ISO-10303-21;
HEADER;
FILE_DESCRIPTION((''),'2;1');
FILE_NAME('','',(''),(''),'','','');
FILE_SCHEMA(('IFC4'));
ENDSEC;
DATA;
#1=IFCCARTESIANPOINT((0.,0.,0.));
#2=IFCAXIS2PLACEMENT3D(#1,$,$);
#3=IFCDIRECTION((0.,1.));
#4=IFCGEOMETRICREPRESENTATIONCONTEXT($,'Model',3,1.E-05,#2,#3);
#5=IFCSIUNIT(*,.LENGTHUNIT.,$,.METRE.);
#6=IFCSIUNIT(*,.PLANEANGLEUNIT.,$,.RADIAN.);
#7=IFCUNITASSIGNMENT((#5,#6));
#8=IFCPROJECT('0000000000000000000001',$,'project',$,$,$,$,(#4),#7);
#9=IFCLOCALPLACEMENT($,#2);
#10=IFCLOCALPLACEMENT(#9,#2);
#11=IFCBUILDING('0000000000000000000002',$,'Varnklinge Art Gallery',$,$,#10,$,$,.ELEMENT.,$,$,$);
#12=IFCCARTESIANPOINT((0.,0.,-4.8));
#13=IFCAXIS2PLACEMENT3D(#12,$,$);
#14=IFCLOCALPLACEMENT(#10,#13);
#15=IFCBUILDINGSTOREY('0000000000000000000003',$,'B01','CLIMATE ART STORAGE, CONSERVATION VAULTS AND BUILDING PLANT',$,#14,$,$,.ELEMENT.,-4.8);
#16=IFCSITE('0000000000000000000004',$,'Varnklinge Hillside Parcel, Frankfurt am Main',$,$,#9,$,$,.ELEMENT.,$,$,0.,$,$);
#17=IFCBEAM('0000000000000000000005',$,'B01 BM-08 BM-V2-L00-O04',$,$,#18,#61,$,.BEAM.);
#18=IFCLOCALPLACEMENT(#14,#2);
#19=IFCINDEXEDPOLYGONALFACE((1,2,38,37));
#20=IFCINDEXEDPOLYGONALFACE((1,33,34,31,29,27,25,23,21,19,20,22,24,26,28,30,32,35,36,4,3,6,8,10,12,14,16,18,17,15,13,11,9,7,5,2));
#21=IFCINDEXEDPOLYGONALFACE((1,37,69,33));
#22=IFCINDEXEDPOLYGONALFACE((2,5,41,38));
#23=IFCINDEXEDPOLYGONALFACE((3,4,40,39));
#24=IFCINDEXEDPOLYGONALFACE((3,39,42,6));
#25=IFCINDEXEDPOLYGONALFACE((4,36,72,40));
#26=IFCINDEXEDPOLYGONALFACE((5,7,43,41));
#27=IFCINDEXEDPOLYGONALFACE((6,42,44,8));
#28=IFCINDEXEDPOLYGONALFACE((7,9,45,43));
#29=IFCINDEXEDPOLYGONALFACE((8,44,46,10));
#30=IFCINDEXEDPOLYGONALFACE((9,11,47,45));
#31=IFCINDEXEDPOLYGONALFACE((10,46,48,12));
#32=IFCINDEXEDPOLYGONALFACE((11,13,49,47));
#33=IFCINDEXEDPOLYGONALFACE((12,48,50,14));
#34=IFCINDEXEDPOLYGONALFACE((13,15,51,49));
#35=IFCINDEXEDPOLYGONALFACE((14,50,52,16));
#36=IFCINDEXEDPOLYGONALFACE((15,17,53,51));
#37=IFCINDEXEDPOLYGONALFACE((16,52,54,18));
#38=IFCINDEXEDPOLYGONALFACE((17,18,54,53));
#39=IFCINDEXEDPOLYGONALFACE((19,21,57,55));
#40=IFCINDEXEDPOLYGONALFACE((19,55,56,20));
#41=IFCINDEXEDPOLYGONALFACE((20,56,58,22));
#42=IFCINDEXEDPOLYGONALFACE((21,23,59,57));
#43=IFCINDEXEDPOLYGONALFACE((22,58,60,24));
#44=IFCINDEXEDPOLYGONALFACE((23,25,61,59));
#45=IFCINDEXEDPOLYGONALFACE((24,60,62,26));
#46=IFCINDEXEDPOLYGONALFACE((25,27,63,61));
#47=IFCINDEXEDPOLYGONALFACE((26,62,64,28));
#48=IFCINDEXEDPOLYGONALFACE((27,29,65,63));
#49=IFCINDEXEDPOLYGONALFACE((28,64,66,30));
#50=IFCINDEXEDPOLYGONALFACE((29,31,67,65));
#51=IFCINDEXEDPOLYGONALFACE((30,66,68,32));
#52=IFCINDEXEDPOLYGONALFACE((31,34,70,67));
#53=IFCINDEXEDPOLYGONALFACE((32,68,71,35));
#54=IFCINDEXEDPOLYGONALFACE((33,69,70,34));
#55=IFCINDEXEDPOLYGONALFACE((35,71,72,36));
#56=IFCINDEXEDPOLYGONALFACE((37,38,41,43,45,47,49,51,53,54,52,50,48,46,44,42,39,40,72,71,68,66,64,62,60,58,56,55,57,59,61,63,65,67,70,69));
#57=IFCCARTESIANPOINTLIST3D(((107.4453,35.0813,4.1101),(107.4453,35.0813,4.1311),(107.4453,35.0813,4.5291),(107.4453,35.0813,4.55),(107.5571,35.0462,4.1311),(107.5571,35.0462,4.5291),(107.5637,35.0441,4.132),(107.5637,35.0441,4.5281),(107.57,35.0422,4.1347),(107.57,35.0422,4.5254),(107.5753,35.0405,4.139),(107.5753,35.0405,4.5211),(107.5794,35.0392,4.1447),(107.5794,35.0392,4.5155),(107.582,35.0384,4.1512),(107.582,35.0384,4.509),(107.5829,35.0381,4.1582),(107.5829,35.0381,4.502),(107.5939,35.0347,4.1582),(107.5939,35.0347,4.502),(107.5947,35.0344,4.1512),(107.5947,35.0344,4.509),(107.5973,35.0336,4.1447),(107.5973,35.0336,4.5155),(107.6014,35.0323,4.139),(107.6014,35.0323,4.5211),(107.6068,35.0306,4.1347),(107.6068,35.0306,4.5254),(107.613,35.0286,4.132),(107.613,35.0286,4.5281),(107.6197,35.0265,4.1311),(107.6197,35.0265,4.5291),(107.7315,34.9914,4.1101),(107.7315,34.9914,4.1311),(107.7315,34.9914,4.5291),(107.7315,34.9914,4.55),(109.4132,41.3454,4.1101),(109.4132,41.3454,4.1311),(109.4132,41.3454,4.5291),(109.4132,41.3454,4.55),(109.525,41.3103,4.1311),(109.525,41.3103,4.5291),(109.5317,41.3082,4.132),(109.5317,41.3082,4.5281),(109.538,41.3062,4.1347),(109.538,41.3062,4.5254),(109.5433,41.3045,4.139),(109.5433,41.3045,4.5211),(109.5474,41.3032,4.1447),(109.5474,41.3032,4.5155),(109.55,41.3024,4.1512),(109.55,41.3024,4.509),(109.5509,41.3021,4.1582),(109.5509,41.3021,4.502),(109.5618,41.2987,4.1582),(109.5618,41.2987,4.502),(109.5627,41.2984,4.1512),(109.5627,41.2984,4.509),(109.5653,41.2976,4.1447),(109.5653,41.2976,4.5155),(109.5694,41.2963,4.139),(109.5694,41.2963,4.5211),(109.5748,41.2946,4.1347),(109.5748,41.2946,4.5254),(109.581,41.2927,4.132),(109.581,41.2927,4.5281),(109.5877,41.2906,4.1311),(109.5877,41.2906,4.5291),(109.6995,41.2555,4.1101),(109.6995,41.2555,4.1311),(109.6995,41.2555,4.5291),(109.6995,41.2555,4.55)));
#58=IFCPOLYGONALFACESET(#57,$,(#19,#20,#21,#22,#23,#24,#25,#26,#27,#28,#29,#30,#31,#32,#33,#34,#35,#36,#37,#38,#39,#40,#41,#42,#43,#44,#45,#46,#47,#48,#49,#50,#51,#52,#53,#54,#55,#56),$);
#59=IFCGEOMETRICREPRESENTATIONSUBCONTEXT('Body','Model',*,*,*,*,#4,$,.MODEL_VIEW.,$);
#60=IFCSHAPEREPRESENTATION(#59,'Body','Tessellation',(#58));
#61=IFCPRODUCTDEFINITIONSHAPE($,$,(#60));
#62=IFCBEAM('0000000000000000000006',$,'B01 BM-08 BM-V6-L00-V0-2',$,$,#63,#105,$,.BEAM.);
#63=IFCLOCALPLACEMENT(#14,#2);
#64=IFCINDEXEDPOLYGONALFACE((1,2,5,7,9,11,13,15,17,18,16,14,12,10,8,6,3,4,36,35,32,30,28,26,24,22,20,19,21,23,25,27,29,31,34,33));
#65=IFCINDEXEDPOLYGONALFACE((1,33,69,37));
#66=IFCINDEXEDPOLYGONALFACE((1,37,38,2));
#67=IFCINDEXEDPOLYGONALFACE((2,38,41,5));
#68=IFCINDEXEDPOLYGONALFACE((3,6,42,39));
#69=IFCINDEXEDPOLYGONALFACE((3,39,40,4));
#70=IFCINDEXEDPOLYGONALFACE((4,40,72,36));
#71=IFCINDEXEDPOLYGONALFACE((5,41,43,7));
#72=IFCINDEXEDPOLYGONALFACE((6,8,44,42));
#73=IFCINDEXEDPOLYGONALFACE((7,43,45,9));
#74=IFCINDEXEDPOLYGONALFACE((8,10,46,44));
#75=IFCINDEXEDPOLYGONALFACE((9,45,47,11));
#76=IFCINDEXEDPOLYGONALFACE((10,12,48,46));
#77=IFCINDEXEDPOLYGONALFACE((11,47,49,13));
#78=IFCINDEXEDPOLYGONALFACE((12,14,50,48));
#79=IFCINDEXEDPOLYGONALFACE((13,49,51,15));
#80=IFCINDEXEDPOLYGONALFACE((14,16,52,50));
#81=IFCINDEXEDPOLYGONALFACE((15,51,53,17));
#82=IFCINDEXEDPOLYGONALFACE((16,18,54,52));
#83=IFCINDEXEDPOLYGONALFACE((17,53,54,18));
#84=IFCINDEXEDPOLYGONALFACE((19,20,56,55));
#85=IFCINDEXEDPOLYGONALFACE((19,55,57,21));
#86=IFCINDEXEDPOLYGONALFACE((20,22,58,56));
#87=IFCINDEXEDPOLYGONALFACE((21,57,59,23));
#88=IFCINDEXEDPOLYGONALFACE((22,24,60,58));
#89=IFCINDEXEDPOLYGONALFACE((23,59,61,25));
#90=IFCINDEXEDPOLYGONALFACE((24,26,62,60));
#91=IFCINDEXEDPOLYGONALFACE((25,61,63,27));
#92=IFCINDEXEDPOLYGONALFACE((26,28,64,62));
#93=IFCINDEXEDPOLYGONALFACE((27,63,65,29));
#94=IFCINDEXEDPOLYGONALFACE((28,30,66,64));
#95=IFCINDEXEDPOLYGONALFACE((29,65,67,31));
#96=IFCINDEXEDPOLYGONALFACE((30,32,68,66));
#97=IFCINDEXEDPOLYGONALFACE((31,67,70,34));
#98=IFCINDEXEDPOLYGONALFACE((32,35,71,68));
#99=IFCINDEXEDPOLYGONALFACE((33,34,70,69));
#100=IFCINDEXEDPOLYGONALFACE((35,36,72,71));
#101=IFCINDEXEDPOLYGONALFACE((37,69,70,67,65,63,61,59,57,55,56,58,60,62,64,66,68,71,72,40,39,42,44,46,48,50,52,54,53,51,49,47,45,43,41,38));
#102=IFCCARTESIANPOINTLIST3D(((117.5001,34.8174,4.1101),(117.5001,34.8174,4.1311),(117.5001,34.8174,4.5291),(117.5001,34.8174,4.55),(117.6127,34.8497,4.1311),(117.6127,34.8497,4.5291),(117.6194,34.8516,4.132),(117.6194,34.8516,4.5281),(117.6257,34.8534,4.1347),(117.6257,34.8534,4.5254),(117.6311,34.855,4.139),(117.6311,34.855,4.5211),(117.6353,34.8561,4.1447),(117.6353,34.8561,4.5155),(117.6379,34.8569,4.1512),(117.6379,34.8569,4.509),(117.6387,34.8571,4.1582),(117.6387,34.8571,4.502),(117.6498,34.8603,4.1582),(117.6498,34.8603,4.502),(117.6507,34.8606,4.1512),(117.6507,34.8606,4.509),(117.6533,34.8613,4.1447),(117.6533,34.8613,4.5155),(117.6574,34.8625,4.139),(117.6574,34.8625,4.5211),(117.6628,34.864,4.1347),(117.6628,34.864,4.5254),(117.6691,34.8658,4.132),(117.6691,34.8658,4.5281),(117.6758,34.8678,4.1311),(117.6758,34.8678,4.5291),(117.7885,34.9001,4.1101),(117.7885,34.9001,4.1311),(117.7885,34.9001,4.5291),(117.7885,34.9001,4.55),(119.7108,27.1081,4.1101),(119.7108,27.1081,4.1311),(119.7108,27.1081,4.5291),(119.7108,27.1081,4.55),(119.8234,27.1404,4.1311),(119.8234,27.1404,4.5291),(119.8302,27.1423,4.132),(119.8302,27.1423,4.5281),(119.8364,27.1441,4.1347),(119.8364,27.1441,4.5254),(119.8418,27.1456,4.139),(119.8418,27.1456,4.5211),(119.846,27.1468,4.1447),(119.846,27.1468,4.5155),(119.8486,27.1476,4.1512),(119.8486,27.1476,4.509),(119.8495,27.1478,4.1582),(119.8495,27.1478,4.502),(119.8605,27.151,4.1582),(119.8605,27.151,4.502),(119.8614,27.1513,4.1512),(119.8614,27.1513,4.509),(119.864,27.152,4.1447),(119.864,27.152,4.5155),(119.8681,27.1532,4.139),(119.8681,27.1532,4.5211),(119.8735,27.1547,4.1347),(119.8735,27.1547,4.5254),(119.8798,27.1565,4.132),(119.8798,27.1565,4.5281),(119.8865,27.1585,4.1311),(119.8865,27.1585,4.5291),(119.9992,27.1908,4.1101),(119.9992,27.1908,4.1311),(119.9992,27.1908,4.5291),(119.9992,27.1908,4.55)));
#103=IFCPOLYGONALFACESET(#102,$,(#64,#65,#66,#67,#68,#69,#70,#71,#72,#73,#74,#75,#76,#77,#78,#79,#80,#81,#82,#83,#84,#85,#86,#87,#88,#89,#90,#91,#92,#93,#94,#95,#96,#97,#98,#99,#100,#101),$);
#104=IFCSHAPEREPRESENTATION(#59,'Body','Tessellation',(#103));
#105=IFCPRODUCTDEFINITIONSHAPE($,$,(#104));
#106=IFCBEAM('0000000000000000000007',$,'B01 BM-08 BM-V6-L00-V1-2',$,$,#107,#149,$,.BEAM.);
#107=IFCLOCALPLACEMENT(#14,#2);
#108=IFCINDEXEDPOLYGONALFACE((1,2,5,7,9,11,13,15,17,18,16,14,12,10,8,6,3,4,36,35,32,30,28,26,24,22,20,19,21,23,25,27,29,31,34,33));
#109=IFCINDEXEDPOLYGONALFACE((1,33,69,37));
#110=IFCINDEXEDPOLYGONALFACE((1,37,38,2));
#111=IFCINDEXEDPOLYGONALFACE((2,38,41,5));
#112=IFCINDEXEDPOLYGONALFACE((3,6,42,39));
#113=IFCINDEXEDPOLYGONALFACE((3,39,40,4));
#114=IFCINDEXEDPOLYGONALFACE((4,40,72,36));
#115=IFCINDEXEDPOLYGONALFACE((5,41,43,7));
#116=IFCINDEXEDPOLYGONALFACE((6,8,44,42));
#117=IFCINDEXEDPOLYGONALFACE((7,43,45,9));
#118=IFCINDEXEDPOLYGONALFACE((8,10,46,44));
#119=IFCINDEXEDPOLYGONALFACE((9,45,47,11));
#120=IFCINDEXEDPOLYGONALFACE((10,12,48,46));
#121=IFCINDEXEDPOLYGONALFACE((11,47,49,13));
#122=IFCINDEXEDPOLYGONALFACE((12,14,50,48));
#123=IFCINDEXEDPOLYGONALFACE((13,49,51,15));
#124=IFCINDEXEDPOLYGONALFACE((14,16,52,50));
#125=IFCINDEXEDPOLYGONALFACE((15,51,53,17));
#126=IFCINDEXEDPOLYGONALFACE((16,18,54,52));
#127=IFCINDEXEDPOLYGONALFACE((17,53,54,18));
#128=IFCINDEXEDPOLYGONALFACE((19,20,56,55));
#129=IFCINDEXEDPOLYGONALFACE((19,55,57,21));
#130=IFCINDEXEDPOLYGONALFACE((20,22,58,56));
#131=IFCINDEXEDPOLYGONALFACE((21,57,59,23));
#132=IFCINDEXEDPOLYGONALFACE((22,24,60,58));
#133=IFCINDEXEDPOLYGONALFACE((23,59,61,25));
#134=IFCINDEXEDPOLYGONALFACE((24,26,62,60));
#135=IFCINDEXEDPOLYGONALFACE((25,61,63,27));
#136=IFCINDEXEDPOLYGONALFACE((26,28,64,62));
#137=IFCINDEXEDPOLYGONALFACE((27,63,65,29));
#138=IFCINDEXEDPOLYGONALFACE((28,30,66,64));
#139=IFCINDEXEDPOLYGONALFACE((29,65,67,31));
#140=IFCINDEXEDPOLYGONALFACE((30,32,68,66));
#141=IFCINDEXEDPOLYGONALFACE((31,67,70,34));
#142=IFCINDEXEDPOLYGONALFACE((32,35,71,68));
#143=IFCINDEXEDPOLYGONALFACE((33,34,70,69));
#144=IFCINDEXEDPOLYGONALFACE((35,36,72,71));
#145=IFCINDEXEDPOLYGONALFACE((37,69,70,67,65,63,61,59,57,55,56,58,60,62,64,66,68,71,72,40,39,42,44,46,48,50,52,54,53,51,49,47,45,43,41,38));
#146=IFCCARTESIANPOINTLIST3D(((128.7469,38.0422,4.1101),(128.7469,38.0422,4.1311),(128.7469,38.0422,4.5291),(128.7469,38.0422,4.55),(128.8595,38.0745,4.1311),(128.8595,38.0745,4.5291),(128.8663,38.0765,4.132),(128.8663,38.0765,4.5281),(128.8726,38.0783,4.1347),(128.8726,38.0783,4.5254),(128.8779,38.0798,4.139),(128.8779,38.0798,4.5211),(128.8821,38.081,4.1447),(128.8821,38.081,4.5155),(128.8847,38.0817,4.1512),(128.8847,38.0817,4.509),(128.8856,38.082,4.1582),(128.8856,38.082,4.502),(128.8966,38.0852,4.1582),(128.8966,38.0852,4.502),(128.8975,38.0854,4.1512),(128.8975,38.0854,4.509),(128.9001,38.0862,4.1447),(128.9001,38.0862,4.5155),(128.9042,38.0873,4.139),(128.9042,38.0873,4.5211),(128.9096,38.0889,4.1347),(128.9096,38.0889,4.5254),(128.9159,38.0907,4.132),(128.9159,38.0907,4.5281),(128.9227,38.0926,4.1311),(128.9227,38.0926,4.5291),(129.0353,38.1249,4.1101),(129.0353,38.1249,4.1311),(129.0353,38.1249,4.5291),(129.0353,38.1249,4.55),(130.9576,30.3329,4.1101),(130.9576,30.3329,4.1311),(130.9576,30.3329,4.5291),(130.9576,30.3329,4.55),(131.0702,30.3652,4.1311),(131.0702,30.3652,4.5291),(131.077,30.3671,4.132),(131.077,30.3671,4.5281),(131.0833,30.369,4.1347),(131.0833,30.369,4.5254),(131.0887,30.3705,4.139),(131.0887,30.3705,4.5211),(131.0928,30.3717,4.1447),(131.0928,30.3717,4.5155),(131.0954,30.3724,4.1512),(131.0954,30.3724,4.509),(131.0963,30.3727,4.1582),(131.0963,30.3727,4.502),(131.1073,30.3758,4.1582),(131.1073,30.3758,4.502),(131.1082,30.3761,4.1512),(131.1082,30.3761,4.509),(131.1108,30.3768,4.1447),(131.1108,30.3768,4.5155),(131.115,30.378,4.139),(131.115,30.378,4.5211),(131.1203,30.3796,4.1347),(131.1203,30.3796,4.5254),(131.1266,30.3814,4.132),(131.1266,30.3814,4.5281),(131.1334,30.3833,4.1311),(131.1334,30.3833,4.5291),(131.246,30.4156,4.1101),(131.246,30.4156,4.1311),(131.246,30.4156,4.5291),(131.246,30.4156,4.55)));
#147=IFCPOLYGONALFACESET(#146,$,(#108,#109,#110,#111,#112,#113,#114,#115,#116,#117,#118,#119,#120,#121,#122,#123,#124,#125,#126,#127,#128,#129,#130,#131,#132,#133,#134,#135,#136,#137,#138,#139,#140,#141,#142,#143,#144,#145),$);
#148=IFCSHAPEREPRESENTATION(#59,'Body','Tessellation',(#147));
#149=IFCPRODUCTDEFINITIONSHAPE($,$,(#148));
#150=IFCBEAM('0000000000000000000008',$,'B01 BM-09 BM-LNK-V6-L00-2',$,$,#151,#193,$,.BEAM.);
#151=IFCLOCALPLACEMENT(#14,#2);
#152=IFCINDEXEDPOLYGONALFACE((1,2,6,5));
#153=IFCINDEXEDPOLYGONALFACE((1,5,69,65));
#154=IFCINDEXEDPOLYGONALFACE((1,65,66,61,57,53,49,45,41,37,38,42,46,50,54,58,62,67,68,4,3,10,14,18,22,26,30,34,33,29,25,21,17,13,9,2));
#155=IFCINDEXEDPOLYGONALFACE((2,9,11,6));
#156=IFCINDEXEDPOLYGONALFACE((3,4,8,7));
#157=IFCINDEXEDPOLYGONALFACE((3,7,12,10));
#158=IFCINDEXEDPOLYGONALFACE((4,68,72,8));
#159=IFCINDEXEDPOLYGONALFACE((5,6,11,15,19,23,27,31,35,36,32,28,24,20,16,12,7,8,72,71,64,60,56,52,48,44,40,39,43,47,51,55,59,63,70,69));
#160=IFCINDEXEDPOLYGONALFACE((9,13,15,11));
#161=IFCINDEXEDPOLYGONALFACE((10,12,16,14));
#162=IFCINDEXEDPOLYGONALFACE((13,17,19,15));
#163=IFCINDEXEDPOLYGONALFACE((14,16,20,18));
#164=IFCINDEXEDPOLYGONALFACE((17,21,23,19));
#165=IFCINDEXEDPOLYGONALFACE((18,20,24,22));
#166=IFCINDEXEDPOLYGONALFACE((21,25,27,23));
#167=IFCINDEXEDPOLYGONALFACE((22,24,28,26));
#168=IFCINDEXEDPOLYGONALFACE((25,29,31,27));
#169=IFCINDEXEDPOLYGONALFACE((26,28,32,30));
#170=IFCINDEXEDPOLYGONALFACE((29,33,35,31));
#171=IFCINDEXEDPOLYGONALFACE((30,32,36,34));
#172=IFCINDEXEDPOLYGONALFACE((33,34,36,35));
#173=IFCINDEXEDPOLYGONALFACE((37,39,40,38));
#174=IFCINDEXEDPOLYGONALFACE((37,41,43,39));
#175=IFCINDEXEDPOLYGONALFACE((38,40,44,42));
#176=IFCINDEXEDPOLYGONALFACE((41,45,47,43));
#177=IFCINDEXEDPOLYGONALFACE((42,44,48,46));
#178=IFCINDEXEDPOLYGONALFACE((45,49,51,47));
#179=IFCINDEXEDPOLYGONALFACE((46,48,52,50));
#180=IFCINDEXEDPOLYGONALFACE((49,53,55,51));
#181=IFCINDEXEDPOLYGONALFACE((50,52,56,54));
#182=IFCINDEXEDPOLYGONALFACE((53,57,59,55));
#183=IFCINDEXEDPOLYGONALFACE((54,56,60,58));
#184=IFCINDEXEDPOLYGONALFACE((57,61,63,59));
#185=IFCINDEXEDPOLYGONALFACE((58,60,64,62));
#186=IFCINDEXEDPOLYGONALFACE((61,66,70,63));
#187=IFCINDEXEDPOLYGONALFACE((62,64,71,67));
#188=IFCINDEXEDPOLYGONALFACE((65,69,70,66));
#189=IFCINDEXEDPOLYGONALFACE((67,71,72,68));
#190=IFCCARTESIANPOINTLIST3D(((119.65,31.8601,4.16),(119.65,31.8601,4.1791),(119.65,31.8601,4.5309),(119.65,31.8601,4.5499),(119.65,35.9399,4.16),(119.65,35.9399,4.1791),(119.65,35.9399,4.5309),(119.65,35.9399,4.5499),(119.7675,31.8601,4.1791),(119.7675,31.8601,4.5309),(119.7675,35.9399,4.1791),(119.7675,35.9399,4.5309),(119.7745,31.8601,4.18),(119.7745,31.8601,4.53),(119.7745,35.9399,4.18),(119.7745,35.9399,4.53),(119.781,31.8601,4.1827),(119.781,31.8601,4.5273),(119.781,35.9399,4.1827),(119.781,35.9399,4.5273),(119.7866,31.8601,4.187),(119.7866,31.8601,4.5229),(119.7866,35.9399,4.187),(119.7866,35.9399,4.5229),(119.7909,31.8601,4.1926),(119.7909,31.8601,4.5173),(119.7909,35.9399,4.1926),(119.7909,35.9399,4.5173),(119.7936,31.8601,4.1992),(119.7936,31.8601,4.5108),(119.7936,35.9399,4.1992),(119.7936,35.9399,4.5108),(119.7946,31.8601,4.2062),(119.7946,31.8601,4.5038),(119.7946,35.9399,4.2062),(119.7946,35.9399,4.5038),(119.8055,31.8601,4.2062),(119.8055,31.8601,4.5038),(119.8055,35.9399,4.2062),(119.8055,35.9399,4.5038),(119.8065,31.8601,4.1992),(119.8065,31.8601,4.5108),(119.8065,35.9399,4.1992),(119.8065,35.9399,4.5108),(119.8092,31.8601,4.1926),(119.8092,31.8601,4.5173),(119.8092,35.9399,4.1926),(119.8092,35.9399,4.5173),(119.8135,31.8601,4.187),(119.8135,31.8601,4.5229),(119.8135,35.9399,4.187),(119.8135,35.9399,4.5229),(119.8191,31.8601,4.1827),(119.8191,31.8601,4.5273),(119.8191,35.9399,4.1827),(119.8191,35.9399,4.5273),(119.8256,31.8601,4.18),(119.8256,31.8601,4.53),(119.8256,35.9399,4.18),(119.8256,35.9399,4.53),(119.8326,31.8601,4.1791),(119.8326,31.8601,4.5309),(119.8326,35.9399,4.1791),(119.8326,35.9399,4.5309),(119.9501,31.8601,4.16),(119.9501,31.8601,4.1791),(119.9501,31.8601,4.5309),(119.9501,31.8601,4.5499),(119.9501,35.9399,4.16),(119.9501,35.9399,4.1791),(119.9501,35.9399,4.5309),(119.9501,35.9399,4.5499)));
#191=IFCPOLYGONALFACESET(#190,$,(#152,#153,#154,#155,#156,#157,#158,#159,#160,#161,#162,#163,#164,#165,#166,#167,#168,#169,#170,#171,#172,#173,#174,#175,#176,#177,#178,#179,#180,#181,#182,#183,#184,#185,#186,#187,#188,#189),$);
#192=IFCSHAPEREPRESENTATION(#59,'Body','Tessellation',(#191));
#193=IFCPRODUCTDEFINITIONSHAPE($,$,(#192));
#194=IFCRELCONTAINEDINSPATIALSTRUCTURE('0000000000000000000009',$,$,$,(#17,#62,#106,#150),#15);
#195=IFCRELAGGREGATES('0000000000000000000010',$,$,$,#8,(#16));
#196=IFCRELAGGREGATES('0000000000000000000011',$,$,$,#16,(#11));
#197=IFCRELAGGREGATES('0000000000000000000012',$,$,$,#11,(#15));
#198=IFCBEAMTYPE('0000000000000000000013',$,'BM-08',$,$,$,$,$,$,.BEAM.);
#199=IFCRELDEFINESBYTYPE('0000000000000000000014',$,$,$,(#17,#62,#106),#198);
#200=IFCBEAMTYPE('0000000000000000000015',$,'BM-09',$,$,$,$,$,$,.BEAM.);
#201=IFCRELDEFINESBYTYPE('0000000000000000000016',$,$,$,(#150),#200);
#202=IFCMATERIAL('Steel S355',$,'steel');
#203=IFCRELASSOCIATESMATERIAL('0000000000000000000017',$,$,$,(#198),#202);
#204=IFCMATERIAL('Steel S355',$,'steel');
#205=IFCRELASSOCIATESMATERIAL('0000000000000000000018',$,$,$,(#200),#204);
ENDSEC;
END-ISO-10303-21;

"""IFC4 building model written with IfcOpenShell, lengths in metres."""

from ifc_helpers import new_model, si_unit, direction, frame, origin, origin_2d, place, context, subcontext, project, spatial, i_section, extrude, material, material_profile, profile_set, type_object, element, save


model = new_model("IFC4")

# Units and contexts
model_context = context("Model", 3, precision=1e-05, world=origin(), true_north=direction((0.0, 1.0)))
body_context = subcontext(model_context, "Body", "Model", "MODEL_VIEW")
ifc_project = project(units=[si_unit("LENGTHUNIT", "METRE"), si_unit("PLANEANGLEUNIT", "RADIAN")], contexts=[model_context])

# Site, building, storey
site_placement = place(None, origin())
site = spatial("IfcSite", under=ifc_project, at=site_placement, Name="Varnklinge Hillside Parcel, Frankfurt am Main", CompositionType="ELEMENT", RefElevation=0.0)
building_placement = place(site_placement, origin())
building = spatial("IfcBuilding", under=site, at=building_placement, Name="Varnklinge Art Gallery", CompositionType="ELEMENT")
storey_placement = place(building_placement, frame((0.0, 0.0, -4.8)))
storey = spatial("IfcBuildingStorey", under=building, at=storey_placement, Name="B01", Description="CLIMATE ART STORAGE, CONSERVATION VAULTS AND BUILDING PLANT", CompositionType="ELEMENT", Elevation=-4.8)

# Beams
ifc_material_1 = material(Name="Steel S355", Category="steel")
ifc_material_profile_1 = material_profile(ifc_material_1, i_section(OverallWidth=0.3, OverallDepth=0.4399, WebThickness=0.0115, FlangeThickness=0.021, FilletRadius=0.0271, at=origin_2d()), Name="HEA 450")
ifc_profile_set_1 = profile_set([ifc_material_profile_1], Name="Steel S355")
beam_type_1 = type_object("IfcBeamType", Name="BM-08", PredefinedType="BEAM", material=ifc_profile_set_1)
beam_1_placement = place(storey_placement, frame((107.5884, 35.0364, 4.3301), z_axis=(0.299727, 0.954025, 0.0), x_axis=(-0.954025, 0.299727, 0.0)))
element("IfcBeam", 1, at=beam_1_placement, inside=storey, type_object=beam_type_1, Name="B01 BM-08 BM-V2-L00-O04", PredefinedType="BEAM", context=body_context, shape_type="SweptSolid", body=[
    extrude(i_section(OverallWidth=0.3, OverallDepth=0.4399, WebThickness=0.0115, FlangeThickness=0.021, FilletRadius=0.0271, at=origin_2d()), origin(), (0.0, 0.0, 1.0), 6.5659),
])
for number, where, z_axis, x_axis, name in (
    (2, (119.855, 27.1494, 4.3301), (-0.27565, 0.961258, 0.0), (-0.961258, -0.27565, 0.0), "B01 BM-08 BM-V6-L00-V0-2"),
    (3, (131.1018, 30.3743, 4.3301), (-0.27565, 0.961258, 0.0), (-0.961258, -0.27565, 0.0), "B01 BM-08 BM-V6-L00-V1-2"),
):
    element("IfcBeam", number, at=place(storey_placement, frame(where, z_axis=z_axis, x_axis=x_axis)), inside=storey, type_object=beam_type_1, Name=name, PredefinedType="BEAM", context=body_context, shape_type="SweptSolid", body=[
        extrude(i_section(OverallWidth=0.3, OverallDepth=0.4399, WebThickness=0.0115, FlangeThickness=0.021, FilletRadius=0.0271, at=origin_2d()), origin(), (0.0, 0.0, 1.0), 8.02),
    ])
ifc_material_2 = material(Name="Steel S355", Category="steel")
ifc_material_profile_2 = material_profile(ifc_material_2, i_section(OverallWidth=0.3, OverallDepth=0.3899, WebThickness=0.011, FlangeThickness=0.019, FilletRadius=0.0271, at=origin_2d()), Name="HEA 400")
ifc_profile_set_2 = profile_set([ifc_material_profile_2], Name="Steel S355")
beam_type_2 = type_object("IfcBeamType", Name="BM-09", PredefinedType="BEAM", material=ifc_profile_set_2)
beam_2_placement = place(storey_placement, frame((119.8, 31.8601, 4.355), z_axis=(0.0, 1.0, 0.0), x_axis=(-1.0, 0.0, 0.0)))
element("IfcBeam", 4, at=beam_2_placement, inside=storey, type_object=beam_type_2, Name="B01 BM-09 BM-LNK-V6-L00-2", PredefinedType="BEAM", context=body_context, shape_type="SweptSolid", body=[
    extrude(i_section(OverallWidth=0.3, OverallDepth=0.3899, WebThickness=0.011, FlangeThickness=0.019, FilletRadius=0.0271, at=origin_2d()), origin(), (0.0, 0.0, 1.0), 4.0798),
])

save(model, "model.ifc")
